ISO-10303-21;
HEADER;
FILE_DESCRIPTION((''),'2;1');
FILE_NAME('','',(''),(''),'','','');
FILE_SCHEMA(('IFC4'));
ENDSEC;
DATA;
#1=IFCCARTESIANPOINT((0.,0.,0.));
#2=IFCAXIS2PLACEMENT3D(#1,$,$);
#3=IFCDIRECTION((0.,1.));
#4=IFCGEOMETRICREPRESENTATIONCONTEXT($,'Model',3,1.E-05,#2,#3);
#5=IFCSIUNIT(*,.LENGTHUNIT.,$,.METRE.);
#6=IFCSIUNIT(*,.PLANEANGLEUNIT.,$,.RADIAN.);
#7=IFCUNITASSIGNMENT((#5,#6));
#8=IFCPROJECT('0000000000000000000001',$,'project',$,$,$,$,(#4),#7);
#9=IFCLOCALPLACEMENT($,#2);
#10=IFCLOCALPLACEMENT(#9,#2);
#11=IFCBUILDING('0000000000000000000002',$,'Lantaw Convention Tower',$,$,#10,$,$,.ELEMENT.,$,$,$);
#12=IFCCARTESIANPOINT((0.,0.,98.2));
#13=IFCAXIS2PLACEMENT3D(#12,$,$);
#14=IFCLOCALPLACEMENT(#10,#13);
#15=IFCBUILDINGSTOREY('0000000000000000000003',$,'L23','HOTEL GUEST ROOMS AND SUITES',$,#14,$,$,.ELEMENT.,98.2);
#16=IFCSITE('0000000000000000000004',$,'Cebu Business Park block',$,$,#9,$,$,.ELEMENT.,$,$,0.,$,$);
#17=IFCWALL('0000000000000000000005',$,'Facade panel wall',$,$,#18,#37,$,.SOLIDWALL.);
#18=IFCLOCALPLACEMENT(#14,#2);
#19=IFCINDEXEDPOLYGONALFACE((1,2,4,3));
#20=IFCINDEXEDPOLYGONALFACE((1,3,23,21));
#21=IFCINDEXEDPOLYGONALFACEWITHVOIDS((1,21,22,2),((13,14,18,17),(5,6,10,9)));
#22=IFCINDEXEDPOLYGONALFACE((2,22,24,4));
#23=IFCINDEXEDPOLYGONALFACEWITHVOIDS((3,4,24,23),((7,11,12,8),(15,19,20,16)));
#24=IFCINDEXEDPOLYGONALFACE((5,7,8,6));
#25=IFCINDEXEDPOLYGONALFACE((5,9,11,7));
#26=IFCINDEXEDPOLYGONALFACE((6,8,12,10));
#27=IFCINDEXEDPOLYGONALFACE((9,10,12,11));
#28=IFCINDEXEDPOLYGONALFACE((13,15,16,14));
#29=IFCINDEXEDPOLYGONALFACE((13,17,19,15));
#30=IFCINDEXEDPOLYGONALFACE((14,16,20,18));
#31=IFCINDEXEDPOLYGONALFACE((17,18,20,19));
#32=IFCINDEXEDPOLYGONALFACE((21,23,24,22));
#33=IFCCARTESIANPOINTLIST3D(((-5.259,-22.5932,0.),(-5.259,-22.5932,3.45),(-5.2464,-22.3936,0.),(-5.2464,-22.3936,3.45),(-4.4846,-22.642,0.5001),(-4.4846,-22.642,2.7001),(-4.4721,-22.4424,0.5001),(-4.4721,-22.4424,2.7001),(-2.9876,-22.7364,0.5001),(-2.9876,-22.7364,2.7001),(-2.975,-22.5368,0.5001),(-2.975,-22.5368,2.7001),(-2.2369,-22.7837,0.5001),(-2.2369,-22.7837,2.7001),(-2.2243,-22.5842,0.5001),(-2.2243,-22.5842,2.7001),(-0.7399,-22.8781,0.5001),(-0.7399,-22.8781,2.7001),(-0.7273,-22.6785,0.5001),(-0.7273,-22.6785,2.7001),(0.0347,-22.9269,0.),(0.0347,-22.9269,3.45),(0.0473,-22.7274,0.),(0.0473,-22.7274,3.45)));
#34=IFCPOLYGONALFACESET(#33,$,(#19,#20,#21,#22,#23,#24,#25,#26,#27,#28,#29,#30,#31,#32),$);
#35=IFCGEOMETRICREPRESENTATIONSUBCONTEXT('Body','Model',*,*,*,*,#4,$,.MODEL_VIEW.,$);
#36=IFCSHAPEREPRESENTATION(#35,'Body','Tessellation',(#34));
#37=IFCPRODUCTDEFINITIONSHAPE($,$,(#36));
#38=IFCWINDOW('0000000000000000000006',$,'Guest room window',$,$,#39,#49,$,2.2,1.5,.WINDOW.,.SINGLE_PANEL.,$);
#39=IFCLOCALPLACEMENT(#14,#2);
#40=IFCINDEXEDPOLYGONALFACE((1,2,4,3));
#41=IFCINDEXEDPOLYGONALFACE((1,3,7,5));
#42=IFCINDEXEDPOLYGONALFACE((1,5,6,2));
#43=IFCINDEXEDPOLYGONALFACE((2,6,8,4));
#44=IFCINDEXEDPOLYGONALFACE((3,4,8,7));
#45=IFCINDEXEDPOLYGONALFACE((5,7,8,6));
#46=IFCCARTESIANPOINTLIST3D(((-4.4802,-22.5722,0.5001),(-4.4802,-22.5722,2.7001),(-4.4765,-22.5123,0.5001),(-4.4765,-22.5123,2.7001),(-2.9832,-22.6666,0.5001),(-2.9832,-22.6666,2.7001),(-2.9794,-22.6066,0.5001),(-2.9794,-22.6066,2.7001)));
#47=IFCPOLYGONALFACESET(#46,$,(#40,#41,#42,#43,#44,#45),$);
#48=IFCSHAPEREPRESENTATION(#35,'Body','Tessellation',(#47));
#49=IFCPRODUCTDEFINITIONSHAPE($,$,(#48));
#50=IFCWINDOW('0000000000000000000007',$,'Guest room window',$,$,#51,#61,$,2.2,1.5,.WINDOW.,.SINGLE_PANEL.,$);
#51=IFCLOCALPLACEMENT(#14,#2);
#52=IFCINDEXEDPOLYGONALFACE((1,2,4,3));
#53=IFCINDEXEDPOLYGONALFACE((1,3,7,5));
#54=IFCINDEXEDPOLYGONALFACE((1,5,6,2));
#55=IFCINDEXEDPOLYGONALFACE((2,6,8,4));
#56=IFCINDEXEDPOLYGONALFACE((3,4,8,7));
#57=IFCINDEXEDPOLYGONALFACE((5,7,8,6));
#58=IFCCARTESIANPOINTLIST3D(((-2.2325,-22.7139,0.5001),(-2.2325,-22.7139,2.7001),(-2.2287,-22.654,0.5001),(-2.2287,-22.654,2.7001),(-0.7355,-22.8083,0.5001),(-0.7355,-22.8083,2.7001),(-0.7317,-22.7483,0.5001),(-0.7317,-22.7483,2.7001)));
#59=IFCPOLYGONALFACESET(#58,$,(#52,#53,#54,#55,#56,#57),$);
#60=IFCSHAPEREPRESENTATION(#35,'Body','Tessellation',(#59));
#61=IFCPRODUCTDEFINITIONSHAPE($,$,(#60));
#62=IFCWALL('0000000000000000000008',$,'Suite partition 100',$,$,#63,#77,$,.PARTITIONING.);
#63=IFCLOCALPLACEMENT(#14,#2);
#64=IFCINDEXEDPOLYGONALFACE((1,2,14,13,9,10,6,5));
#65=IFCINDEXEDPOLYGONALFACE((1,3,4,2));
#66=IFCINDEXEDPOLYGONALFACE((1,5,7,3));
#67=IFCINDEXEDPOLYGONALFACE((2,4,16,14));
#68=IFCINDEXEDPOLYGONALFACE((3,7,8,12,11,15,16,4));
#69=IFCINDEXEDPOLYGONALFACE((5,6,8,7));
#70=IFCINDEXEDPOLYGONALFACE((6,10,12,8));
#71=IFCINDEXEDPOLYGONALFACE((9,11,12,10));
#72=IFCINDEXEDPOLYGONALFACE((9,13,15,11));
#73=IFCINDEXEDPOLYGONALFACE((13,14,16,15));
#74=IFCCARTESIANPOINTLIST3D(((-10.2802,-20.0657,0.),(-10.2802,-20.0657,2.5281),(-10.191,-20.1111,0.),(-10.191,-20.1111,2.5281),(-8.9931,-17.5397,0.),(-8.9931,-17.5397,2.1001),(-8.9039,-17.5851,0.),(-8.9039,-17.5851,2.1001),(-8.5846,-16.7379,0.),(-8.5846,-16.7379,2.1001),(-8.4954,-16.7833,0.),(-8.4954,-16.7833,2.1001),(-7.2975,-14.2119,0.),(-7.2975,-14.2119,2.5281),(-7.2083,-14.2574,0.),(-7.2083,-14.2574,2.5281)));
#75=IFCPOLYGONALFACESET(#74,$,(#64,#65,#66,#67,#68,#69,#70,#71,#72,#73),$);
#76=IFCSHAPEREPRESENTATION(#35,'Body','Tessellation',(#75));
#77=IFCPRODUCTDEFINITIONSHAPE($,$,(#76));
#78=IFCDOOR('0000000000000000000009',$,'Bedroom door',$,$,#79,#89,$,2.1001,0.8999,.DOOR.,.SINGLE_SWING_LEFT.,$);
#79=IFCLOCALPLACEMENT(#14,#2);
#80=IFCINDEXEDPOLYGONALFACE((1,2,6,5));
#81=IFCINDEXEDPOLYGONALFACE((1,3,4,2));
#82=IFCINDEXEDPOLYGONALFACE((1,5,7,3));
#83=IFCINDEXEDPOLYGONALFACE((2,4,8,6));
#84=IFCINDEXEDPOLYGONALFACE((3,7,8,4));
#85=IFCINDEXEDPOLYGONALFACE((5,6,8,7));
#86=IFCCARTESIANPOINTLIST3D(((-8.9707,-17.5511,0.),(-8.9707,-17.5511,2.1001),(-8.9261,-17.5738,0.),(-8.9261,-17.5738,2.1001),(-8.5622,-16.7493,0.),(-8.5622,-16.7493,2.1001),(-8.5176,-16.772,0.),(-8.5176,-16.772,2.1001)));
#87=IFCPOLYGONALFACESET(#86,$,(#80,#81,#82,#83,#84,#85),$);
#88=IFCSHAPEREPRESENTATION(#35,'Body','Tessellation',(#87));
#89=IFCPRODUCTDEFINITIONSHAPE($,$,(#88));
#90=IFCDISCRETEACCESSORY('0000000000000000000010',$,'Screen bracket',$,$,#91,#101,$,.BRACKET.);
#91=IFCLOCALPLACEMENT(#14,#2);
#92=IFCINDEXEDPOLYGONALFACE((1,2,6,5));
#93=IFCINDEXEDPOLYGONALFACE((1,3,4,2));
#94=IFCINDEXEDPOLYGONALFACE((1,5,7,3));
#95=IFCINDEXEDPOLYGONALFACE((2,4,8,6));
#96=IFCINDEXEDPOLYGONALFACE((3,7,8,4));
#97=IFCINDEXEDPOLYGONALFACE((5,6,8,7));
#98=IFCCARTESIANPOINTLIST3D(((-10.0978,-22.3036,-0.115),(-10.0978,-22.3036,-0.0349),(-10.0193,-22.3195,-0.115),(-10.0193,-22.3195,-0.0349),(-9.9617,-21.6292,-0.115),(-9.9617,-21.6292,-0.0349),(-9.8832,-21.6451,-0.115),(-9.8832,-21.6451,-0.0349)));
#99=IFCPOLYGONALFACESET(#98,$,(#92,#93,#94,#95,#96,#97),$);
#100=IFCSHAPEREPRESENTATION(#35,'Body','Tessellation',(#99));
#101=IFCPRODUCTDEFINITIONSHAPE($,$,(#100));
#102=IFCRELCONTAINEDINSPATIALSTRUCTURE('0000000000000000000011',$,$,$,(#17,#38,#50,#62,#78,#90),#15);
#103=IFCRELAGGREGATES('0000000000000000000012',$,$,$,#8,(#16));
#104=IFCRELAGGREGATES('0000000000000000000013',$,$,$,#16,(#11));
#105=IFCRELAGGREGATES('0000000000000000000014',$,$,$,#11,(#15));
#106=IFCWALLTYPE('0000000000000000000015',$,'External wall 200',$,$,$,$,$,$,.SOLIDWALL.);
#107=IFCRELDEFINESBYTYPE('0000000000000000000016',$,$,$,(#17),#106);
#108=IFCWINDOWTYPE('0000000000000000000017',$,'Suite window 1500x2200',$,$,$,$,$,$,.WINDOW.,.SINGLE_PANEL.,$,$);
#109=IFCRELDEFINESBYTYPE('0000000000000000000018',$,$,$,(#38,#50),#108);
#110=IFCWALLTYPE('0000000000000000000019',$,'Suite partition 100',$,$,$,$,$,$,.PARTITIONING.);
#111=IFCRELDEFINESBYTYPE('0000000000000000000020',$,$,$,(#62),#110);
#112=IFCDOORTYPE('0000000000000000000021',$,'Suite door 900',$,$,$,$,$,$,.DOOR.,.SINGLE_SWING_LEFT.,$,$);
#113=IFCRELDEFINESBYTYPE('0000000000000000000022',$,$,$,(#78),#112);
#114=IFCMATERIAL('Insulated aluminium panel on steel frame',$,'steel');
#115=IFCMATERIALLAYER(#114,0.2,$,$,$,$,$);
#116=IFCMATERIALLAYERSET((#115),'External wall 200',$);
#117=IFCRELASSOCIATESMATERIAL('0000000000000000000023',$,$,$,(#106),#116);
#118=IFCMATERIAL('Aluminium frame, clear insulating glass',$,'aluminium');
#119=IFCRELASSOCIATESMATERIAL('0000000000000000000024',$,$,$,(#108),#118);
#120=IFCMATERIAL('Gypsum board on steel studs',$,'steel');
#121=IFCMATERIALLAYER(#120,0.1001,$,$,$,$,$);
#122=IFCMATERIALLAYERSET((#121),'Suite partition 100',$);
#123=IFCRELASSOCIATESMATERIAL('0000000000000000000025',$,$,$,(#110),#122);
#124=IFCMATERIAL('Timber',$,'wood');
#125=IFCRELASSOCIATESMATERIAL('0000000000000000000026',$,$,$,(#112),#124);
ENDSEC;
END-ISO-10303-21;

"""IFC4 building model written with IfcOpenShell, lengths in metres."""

from ifc_helpers import new_model, si_unit, direction, frame, frame_2d, origin, origin_2d, place, context, subcontext, project, spatial, rectangle, extrude, material, layer, layer_set, type_object, element, fill, save


model = new_model("IFC4")

# Units and contexts
model_context = context("Model", 3, precision=1e-05, world=origin(), true_north=direction((0.0, 1.0)))
body_context = subcontext(model_context, "Body", "Model", "MODEL_VIEW")
ifc_project = project(units=[si_unit("LENGTHUNIT", "METRE"), si_unit("PLANEANGLEUNIT", "RADIAN")], contexts=[model_context])

# Site, building, storey
site_placement = place(None, origin())
site = spatial("IfcSite", under=ifc_project, at=site_placement, Name="Cebu Business Park block", CompositionType="ELEMENT", RefElevation=0.0)
building_placement = place(site_placement, origin())
building = spatial("IfcBuilding", under=site, at=building_placement, Name="Lantaw Convention Tower", CompositionType="ELEMENT")
storey_placement = place(building_placement, frame((0.0, 0.0, 98.2)))
storey = spatial("IfcBuildingStorey", under=building, at=storey_placement, Name="L23", Description="HOTEL GUEST ROOMS AND SUITES", CompositionType="ELEMENT", Elevation=98.2)

# Shared definitions
ifc_material_1 = material(Name="Timber", Category="wood")

# Wall, openings, windows
ifc_material_2 = material(Name="Insulated aluminium panel on steel frame", Category="steel")
ifc_layer_1 = layer(ifc_material_2, 0.2)
ifc_layer_set_1 = layer_set([ifc_layer_1], Name="External wall 200")
wall_type_1 = type_object("IfcWallType", Name="External wall 200", PredefinedType="SOLIDWALL", material=ifc_layer_set_1)
ifc_material_3 = material(Name="Aluminium frame, clear insulating glass", Category="aluminium")
window_type = type_object("IfcWindowType", Name="Suite window 1500x2200", PartitioningType="SINGLE_PANEL", PredefinedType="WINDOW", material=ifc_material_3)
wall_1_placement = place(storey_placement, frame((-5.2527, -22.4934, 0.0), z_axis=(0.0, 0.0, 1.0), x_axis=(0.998019, -0.06292, 0.0)))
wall_1 = element("IfcWall", 1, at=wall_1_placement, inside=storey, type_object=wall_type_1, Name="Facade panel wall", PredefinedType="SOLIDWALL", context=body_context, shape_type="SweptSolid", body=[
    extrude(rectangle(XDim=5.3042, YDim=0.2, at=frame_2d((2.6521, 0.0))), origin(), (0.0, 0.0, 1.0), 3.45),
])
opening_1_placement = place(wall_1_placement, frame((0.7759, 0.0, 0.5)))
opening_1 = element("IfcOpeningElement", 2, at=opening_1_placement, cuts=wall_1, PredefinedType="OPENING", context=body_context, shape_type="SweptSolid", body=[
    extrude(rectangle(XDim=1.5, YDim=2.2, at=frame_2d((0.75, 1.1001))), frame((0.0, 0.1099, 0.0), z_axis=(0.0, -1.0, 0.0), x_axis=(1.0, 0.0, 0.0)), (0.0, 0.0, 1.0), 0.22),
])
opening_2_placement = place(wall_1_placement, frame((3.0281, 0.0, 0.5)))
opening_2 = element("IfcOpeningElement", 3, at=opening_2_placement, cuts=wall_1, PredefinedType="OPENING", context=body_context, shape_type="SweptSolid", body=[
    extrude(rectangle(XDim=1.5, YDim=2.2, at=frame_2d((0.75, 1.1001))), frame((0.0, 0.1099, 0.0), z_axis=(0.0, -1.0, 0.0), x_axis=(1.0, 0.0, 0.0)), (0.0, 0.0, 1.0), 0.22),
])
window_1_placement = place(opening_1_placement, origin())
window_1 = element("IfcWindow", 4, at=window_1_placement, inside=storey, type_object=window_type, Name="Guest room window", OverallHeight=2.2, OverallWidth=1.5, PartitioningType="SINGLE_PANEL", PredefinedType="WINDOW", context=body_context, shape_type="SweptSolid", body=[
    extrude(rectangle(XDim=1.5, YDim=2.2, at=frame_2d((0.75, 1.1001))), frame((0.0, 0.03, 0.0), z_axis=(0.0, -1.0, 0.0), x_axis=(1.0, 0.0, 0.0)), (0.0, 0.0, 1.0), 0.0601),
])
fill(opening_1, window_1)
window_2_placement = place(opening_2_placement, origin())
window_2 = element("IfcWindow", 5, at=window_2_placement, inside=storey, type_object=window_type, Name="Guest room window", OverallHeight=2.2, OverallWidth=1.5, PartitioningType="SINGLE_PANEL", PredefinedType="WINDOW", context=body_context, shape_type="SweptSolid", body=[
    extrude(rectangle(XDim=1.5, YDim=2.2, at=frame_2d((0.75, 1.1001))), frame((0.0, 0.03, 0.0), z_axis=(0.0, -1.0, 0.0), x_axis=(1.0, 0.0, 0.0)), (0.0, 0.0, 1.0), 0.0601),
])
fill(opening_2, window_2)

# Wall, opening, door
ifc_material_4 = material(Name="Gypsum board on steel studs", Category="steel")
ifc_layer_2 = layer(ifc_material_4, 0.1001)
ifc_layer_set_2 = layer_set([ifc_layer_2], Name="Suite partition 100")
wall_type_2 = type_object("IfcWallType", Name="Suite partition 100", PredefinedType="PARTITIONING", material=ifc_layer_set_2)
wall_2_placement = place(storey_placement, frame((-10.2356, -20.0884, 0.0), z_axis=(0.0, 0.0, 1.0), x_axis=(0.453994, 0.891005, 0.0)))
wall_2 = element("IfcWall", 6, at=wall_2_placement, inside=storey, type_object=wall_type_2, Name="Suite partition 100", PredefinedType="PARTITIONING", context=body_context, shape_type="SweptSolid", body=[
    extrude(rectangle(XDim=6.5698, YDim=0.1001, at=frame_2d((3.2849, 0.0))), origin(), (0.0, 0.0, 1.0), 2.5281),
])
opening_3_placement = place(wall_2_placement, frame((2.835, 0.0, 0.0)))
opening_3 = element("IfcOpeningElement", 7, at=opening_3_placement, cuts=wall_2, PredefinedType="OPENING", context=body_context, shape_type="SweptSolid", body=[
    extrude(rectangle(XDim=0.8999, YDim=2.1001, at=frame_2d((0.45, 1.05))), frame((0.0, 0.0601, 0.0), z_axis=(0.0, -1.0, 0.0), x_axis=(1.0, 0.0, 0.0)), (0.0, 0.0, 1.0), 0.1201),
])
door_type_1 = type_object("IfcDoorType", Name="Suite door 900", OperationType="SINGLE_SWING_LEFT", PredefinedType="DOOR", material=ifc_material_1)
door_1_placement = place(opening_3_placement, origin())
door_1 = element("IfcDoor", 8, at=door_1_placement, inside=storey, type_object=door_type_1, Name="Bedroom door", OperationType="SINGLE_SWING_LEFT", OverallHeight=2.1001, OverallWidth=0.8999, PredefinedType="DOOR", context=body_context, shape_type="SweptSolid", body=[
    extrude(rectangle(XDim=0.8999, YDim=2.1001, at=frame_2d((0.45, 1.05))), frame((0.0, 0.0249, 0.0), z_axis=(0.0, -1.0, 0.0), x_axis=(1.0, 0.0, 0.0)), (0.0, 0.0, 1.0), 0.05),
])
fill(opening_3, door_1)

# Discrete accessory
discrete_accessory_placement = place(storey_placement, frame((-9.9905, -21.9744, -0.115), z_axis=(0.0, 0.0, 1.0), x_axis=(0.980245, -0.197789, 0.0)))
element("IfcDiscreteAccessory", 9, at=discrete_accessory_placement, inside=storey, Name="Screen bracket", PredefinedType="BRACKET", context=body_context, shape_type="SweptSolid", body=[
    extrude(rectangle(XDim=0.0801, YDim=0.688, at=origin_2d()), origin(), (0.0, 0.0, 1.0), 0.0801),
])

save(model, "model.ifc")
